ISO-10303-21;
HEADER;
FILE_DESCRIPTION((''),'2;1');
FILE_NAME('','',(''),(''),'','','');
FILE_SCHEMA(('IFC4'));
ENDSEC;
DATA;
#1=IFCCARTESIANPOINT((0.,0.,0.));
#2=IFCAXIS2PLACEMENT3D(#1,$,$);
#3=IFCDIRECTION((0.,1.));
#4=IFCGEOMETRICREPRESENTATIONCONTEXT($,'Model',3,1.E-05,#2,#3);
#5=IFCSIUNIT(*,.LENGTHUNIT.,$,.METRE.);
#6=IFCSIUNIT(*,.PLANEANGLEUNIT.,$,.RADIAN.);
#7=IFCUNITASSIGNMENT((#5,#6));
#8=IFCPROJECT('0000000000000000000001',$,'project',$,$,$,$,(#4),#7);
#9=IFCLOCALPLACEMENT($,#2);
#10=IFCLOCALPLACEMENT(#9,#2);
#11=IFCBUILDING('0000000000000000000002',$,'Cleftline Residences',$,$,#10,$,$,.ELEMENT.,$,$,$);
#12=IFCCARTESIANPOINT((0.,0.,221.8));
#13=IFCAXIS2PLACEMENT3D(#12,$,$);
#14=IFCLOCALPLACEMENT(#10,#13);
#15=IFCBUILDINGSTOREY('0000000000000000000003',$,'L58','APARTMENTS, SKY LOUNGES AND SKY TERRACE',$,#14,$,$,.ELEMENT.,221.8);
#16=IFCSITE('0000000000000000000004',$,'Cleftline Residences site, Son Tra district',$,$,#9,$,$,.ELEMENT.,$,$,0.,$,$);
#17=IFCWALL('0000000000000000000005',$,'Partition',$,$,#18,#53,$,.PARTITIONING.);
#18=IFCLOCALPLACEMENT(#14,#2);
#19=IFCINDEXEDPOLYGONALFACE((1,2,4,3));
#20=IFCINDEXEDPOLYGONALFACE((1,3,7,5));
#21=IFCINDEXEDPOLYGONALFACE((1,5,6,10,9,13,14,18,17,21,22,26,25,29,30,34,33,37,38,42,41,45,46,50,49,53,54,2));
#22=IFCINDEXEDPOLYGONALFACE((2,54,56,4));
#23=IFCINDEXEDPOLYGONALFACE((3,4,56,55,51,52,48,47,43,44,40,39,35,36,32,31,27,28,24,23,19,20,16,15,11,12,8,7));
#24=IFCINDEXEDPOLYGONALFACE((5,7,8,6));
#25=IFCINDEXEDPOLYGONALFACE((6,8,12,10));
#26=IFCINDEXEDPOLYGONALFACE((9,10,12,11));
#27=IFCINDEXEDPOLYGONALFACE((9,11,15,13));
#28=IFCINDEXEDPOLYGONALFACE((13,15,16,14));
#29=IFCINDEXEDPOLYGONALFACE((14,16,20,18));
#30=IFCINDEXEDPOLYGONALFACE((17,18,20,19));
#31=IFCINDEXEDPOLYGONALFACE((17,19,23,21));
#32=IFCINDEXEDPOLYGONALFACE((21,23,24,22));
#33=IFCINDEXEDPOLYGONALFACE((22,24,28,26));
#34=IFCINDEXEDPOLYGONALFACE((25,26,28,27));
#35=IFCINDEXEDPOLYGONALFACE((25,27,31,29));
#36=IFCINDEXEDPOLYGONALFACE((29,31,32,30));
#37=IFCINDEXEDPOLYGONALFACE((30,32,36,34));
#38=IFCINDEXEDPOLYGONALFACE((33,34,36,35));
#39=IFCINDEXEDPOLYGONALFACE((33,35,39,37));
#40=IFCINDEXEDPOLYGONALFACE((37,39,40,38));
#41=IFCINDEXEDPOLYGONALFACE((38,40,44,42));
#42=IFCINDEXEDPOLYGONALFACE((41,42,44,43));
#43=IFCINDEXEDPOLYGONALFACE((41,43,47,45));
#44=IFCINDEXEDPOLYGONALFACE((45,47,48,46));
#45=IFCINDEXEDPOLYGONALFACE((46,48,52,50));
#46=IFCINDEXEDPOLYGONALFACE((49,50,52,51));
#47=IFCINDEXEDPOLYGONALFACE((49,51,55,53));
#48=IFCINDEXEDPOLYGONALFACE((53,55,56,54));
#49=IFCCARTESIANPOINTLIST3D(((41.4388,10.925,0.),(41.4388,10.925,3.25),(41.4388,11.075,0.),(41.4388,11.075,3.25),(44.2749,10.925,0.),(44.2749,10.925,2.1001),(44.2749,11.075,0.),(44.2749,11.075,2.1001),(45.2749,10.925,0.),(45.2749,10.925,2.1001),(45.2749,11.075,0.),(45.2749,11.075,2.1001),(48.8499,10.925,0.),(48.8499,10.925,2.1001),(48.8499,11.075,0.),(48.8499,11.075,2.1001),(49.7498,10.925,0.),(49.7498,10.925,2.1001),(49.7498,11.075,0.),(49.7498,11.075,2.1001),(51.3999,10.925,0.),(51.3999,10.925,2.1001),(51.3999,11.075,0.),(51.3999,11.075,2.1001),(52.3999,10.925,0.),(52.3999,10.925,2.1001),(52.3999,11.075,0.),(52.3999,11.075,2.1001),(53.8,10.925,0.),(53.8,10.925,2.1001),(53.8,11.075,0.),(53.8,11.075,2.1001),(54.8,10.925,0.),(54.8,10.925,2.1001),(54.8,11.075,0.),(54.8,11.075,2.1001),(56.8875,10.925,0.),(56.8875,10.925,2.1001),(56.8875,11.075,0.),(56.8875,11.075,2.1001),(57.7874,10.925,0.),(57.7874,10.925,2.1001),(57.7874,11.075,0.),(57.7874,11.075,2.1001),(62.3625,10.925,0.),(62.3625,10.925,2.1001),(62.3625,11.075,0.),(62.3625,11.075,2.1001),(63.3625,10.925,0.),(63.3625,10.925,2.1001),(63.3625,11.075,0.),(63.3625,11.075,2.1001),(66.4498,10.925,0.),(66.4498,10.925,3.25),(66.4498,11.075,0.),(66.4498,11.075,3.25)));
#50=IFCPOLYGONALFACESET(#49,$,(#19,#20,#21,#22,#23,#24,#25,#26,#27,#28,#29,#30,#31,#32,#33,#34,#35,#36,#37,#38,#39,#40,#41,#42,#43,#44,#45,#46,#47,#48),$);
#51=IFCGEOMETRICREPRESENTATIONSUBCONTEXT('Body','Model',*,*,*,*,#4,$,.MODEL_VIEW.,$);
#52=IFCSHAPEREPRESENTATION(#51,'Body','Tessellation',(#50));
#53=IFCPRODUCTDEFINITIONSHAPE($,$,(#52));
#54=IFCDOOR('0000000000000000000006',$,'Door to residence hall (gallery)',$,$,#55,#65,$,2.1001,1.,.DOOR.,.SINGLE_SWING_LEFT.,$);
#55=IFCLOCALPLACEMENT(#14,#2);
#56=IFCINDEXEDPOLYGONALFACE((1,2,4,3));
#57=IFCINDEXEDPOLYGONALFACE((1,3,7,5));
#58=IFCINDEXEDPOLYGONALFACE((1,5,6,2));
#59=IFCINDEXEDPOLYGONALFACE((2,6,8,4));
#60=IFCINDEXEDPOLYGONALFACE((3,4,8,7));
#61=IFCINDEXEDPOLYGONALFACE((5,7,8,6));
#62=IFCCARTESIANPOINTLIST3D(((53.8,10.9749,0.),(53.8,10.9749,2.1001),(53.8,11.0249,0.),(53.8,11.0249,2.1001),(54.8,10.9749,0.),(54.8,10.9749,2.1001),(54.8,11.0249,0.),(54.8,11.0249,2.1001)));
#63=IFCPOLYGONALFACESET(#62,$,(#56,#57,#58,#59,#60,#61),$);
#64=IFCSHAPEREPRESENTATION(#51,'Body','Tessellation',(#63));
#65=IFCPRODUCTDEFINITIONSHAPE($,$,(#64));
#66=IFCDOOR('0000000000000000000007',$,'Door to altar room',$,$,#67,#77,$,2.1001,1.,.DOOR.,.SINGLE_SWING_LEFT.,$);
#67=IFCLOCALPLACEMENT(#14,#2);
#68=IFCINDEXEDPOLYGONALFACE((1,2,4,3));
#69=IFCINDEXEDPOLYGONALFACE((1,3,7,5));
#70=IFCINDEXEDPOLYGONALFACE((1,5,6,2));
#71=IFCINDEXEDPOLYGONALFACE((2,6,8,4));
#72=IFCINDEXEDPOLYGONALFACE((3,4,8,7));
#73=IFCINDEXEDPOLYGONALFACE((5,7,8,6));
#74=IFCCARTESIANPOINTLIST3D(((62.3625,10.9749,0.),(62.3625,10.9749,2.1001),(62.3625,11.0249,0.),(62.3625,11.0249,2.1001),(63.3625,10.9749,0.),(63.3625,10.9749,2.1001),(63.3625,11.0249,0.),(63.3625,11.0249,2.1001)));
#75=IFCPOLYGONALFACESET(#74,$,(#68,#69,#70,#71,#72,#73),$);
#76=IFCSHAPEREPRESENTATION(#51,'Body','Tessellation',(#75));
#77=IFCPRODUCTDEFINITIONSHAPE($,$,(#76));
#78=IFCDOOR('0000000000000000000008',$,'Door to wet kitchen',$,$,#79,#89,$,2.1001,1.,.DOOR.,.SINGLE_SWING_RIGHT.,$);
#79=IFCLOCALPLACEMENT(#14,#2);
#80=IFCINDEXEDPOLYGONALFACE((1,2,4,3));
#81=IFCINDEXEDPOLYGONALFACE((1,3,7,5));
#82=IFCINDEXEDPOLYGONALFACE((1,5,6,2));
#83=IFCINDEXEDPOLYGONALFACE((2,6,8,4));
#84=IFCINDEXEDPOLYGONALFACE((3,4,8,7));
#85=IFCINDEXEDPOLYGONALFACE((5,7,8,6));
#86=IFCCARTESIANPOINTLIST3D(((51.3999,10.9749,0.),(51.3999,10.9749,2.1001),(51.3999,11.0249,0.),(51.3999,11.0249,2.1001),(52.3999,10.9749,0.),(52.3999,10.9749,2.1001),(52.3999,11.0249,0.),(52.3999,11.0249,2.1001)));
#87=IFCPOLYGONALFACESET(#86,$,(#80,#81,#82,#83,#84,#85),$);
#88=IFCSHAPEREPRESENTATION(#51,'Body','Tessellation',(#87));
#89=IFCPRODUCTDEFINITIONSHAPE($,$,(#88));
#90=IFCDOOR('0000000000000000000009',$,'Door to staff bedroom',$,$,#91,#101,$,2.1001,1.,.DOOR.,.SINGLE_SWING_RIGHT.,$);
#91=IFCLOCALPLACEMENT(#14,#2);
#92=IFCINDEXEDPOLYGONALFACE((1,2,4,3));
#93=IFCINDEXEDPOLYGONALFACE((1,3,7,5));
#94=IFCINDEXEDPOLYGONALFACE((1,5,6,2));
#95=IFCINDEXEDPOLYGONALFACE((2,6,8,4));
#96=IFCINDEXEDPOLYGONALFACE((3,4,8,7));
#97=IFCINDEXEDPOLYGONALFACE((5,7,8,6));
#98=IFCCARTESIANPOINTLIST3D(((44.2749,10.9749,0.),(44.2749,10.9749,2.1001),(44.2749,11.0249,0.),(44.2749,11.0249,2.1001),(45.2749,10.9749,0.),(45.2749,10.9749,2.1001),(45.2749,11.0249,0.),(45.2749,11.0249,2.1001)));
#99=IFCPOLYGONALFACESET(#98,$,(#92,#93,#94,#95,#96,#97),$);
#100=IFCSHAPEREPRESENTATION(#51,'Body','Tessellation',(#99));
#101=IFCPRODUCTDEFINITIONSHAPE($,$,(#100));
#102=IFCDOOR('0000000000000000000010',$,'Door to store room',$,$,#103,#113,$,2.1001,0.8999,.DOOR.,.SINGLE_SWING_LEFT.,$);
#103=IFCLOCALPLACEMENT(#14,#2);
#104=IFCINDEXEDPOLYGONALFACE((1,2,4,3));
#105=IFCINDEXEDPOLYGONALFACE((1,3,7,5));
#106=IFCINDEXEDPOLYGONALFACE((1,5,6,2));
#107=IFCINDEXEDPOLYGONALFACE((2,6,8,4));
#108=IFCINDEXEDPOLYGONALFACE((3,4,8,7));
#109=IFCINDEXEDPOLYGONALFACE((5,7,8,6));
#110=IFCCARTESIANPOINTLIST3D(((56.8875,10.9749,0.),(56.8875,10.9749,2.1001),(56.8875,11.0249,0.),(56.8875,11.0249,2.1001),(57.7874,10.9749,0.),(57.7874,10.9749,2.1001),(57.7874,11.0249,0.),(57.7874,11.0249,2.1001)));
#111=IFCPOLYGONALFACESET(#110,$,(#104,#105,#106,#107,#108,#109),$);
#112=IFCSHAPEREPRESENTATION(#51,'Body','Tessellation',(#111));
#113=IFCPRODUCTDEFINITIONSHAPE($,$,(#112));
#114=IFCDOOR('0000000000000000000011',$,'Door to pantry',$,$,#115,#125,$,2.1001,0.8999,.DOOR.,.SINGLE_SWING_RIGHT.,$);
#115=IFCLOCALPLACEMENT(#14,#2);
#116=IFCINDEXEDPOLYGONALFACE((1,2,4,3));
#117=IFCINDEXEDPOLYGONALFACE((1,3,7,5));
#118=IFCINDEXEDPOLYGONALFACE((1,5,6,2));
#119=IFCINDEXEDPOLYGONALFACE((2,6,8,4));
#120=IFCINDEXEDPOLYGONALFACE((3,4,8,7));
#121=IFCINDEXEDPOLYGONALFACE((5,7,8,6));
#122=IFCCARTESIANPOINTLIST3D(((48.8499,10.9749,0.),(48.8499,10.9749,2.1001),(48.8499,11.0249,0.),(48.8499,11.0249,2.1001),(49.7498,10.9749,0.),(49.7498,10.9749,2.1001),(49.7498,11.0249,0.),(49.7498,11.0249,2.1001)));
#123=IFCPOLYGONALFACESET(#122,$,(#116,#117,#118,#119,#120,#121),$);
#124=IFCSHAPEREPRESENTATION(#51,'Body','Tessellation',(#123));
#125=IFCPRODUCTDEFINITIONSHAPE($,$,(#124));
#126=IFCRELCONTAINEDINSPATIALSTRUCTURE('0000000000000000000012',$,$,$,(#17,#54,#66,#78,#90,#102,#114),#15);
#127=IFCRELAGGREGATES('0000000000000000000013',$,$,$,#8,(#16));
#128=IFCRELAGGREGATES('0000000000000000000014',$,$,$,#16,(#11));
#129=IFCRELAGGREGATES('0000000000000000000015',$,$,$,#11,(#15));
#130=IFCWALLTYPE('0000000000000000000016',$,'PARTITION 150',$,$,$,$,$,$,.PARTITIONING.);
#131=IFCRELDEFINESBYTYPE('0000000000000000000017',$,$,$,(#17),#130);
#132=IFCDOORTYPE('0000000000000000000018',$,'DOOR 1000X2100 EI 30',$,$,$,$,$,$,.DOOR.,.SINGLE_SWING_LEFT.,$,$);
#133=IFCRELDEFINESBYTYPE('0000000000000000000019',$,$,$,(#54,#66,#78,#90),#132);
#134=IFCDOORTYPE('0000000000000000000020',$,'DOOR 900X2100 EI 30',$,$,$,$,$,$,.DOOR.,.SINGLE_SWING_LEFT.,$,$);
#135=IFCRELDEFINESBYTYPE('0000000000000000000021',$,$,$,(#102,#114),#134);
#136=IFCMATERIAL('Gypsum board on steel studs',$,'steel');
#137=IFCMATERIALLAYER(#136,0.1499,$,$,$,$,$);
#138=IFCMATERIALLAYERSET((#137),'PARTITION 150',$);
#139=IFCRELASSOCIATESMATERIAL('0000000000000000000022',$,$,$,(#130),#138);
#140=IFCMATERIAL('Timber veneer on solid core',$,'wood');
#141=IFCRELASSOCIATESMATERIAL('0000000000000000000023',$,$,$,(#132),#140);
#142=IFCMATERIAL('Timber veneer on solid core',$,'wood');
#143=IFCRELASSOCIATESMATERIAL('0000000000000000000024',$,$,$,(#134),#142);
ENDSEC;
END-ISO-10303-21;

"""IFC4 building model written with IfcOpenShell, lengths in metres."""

from ifc_helpers import new_model, si_unit, direction, frame, frame_2d, origin, place, context, subcontext, project, spatial, rectangle, extrude, material, layer, layer_set, type_object, element, fill, save


model = new_model("IFC4")

# Units and contexts
model_context = context("Model", 3, precision=1e-05, world=origin(), true_north=direction((0.0, 1.0)))
body_context = subcontext(model_context, "Body", "Model", "MODEL_VIEW")
ifc_project = project(units=[si_unit("LENGTHUNIT", "METRE"), si_unit("PLANEANGLEUNIT", "RADIAN")], contexts=[model_context])

# Site, building, storey
site_placement = place(None, origin())
site = spatial("IfcSite", under=ifc_project, at=site_placement, Name="Cleftline Residences site, Son Tra district", CompositionType="ELEMENT", RefElevation=0.0)
building_placement = place(site_placement, origin())
building = spatial("IfcBuilding", under=site, at=building_placement, Name="Cleftline Residences", CompositionType="ELEMENT")
storey_placement = place(building_placement, frame((0.0, 0.0, 221.8)))
storey = spatial("IfcBuildingStorey", under=building, at=storey_placement, Name="L58", Description="APARTMENTS, SKY LOUNGES AND SKY TERRACE", CompositionType="ELEMENT", Elevation=221.8)

# Wall, openings, doors
ifc_material_1 = material(Name="Gypsum board on steel studs", Category="steel")
ifc_layer_1 = layer(ifc_material_1, 0.1499)
ifc_layer_set_1 = layer_set([ifc_layer_1], Name="PARTITION 150")
wall_type_1 = type_object("IfcWallType", Name="PARTITION 150", PredefinedType="PARTITIONING", material=ifc_layer_set_1)
wall_1_placement = place(storey_placement, frame((41.439, 11.0, 0.0), z_axis=(0.0, 0.0, 1.0), x_axis=(1.0, 0.0, 0.0)))
wall_1 = element("IfcWall", 1, at=wall_1_placement, inside=storey, type_object=wall_type_1, Name="Partition", PredefinedType="PARTITIONING", context=body_context, shape_type="SweptSolid", body=[
    extrude(rectangle(XDim=25.011, YDim=0.1499, at=frame_2d((12.5054, 0.0))), origin(), (0.0, 0.0, 1.0), 3.25),
])
opening_1_placement = place(wall_1_placement, frame((12.3611, 0.0, 0.0)))
opening_1 = element("IfcOpeningElement", 2, at=opening_1_placement, cuts=wall_1, PredefinedType="OPENING", context=body_context, shape_type="SweptSolid", body=[
    extrude(rectangle(XDim=1.0, YDim=2.1001, at=frame_2d((0.5, 1.05))), frame((0.0, 0.085, 0.0), z_axis=(0.0, -1.0, 0.0), x_axis=(1.0, 0.0, 0.0)), (0.0, 0.0, 1.0), 0.1699),
])
opening_2_placement = place(wall_1_placement, frame((20.9236, 0.0, 0.0)))
opening_2 = element("IfcOpeningElement", 3, at=opening_2_placement, cuts=wall_1, PredefinedType="OPENING", context=body_context, shape_type="SweptSolid", body=[
    extrude(rectangle(XDim=1.0, YDim=2.1001, at=frame_2d((0.5, 1.05))), frame((0.0, 0.085, 0.0), z_axis=(0.0, -1.0, 0.0), x_axis=(1.0, 0.0, 0.0)), (0.0, 0.0, 1.0), 0.1699),
])
opening_3_placement = place(wall_1_placement, frame((15.4485, 0.0, 0.0)))
opening_3 = element("IfcOpeningElement", 4, at=opening_3_placement, cuts=wall_1, PredefinedType="OPENING", context=body_context, shape_type="SweptSolid", body=[
    extrude(rectangle(XDim=0.8999, YDim=2.1001, at=frame_2d((0.45, 1.05))), frame((0.0, 0.085, 0.0), z_axis=(0.0, -1.0, 0.0), x_axis=(1.0, 0.0, 0.0)), (0.0, 0.0, 1.0), 0.1699),
])
opening_4_placement = place(wall_1_placement, frame((9.9609, 0.0, 0.0)))
opening_4 = element("IfcOpeningElement", 5, at=opening_4_placement, cuts=wall_1, PredefinedType="OPENING", context=body_context, shape_type="SweptSolid", body=[
    extrude(rectangle(XDim=1.0, YDim=2.1001, at=frame_2d((0.5, 1.05))), frame((0.0, 0.085, 0.0), z_axis=(0.0, -1.0, 0.0), x_axis=(1.0, 0.0, 0.0)), (0.0, 0.0, 1.0), 0.1699),
])
opening_5_placement = place(wall_1_placement, frame((7.4109, 0.0, 0.0)))
opening_5 = element("IfcOpeningElement", 6, at=opening_5_placement, cuts=wall_1, PredefinedType="OPENING", context=body_context, shape_type="SweptSolid", body=[
    extrude(rectangle(XDim=0.8999, YDim=2.1001, at=frame_2d((0.45, 1.05))), frame((0.0, 0.085, 0.0), z_axis=(0.0, -1.0, 0.0), x_axis=(1.0, 0.0, 0.0)), (0.0, 0.0, 1.0), 0.1699),
])
opening_6_placement = place(wall_1_placement, frame((2.8359, 0.0, 0.0)))
opening_6 = element("IfcOpeningElement", 7, at=opening_6_placement, cuts=wall_1, PredefinedType="OPENING", context=body_context, shape_type="SweptSolid", body=[
    extrude(rectangle(XDim=1.0, YDim=2.1001, at=frame_2d((0.5, 1.05))), frame((0.0, 0.085, 0.0), z_axis=(0.0, -1.0, 0.0), x_axis=(1.0, 0.0, 0.0)), (0.0, 0.0, 1.0), 0.1699),
])
ifc_material_2 = material(Name="Timber veneer on solid core", Category="wood")
door_type_1 = type_object("IfcDoorType", Name="DOOR 1000X2100 EI 30", OperationType="SINGLE_SWING_LEFT", PredefinedType="DOOR", material=ifc_material_2)
door_1_placement = place(opening_1_placement, origin())
door_1 = element("IfcDoor", 8, at=door_1_placement, inside=storey, type_object=door_type_1, Name="Door to residence hall (gallery)", OperationType="SINGLE_SWING_LEFT", OverallHeight=2.1001, OverallWidth=1.0, PredefinedType="DOOR", context=body_context, shape_type="SweptSolid", body=[
    extrude(rectangle(XDim=1.0, YDim=2.1001, at=frame_2d((0.5, 1.05))), frame((0.0, 0.0249, 0.0), z_axis=(0.0, -1.0, 0.0), x_axis=(1.0, 0.0, 0.0)), (0.0, 0.0, 1.0), 0.05),
])
fill(opening_1, door_1)
door_2_placement = place(opening_2_placement, origin())
door_2 = element("IfcDoor", 9, at=door_2_placement, inside=storey, type_object=door_type_1, Name="Door to altar room", OperationType="SINGLE_SWING_LEFT", OverallHeight=2.1001, OverallWidth=1.0, PredefinedType="DOOR", context=body_context, shape_type="SweptSolid", body=[
    extrude(rectangle(XDim=1.0, YDim=2.1001, at=frame_2d((0.5, 1.05))), frame((0.0, 0.0249, 0.0), z_axis=(0.0, -1.0, 0.0), x_axis=(1.0, 0.0, 0.0)), (0.0, 0.0, 1.0), 0.05),
])
fill(opening_2, door_2)
door_3_placement = place(opening_4_placement, origin())
door_3 = element("IfcDoor", 10, at=door_3_placement, inside=storey, type_object=door_type_1, Name="Door to wet kitchen", OperationType="SINGLE_SWING_RIGHT", OverallHeight=2.1001, OverallWidth=1.0, PredefinedType="DOOR", context=body_context, shape_type="SweptSolid", body=[
    extrude(rectangle(XDim=1.0, YDim=2.1001, at=frame_2d((0.5, 1.05))), frame((0.0, 0.0249, 0.0), z_axis=(0.0, -1.0, 0.0), x_axis=(1.0, 0.0, 0.0)), (0.0, 0.0, 1.0), 0.05),
])
fill(opening_4, door_3)
door_4_placement = place(opening_6_placement, origin())
door_4 = element("IfcDoor", 11, at=door_4_placement, inside=storey, type_object=door_type_1, Name="Door to staff bedroom", OperationType="SINGLE_SWING_RIGHT", OverallHeight=2.1001, OverallWidth=1.0, PredefinedType="DOOR", context=body_context, shape_type="SweptSolid", body=[
    extrude(rectangle(XDim=1.0, YDim=2.1001, at=frame_2d((0.5, 1.05))), frame((0.0, 0.0249, 0.0), z_axis=(0.0, -1.0, 0.0), x_axis=(1.0, 0.0, 0.0)), (0.0, 0.0, 1.0), 0.05),
])
fill(opening_6, door_4)
ifc_material_3 = material(Name="Timber veneer on solid core", Category="wood")
door_type_2 = type_object("IfcDoorType", Name="DOOR 900X2100 EI 30", OperationType="SINGLE_SWING_LEFT", PredefinedType="DOOR", material=ifc_material_3)
door_5_placement = place(opening_3_placement, origin())
door_5 = element("IfcDoor", 12, at=door_5_placement, inside=storey, type_object=door_type_2, Name="Door to store room", OperationType="SINGLE_SWING_LEFT", OverallHeight=2.1001, OverallWidth=0.8999, PredefinedType="DOOR", context=body_context, shape_type="SweptSolid", body=[
    extrude(rectangle(XDim=0.8999, YDim=2.1001, at=frame_2d((0.45, 1.05))), frame((0.0, 0.0249, 0.0), z_axis=(0.0, -1.0, 0.0), x_axis=(1.0, 0.0, 0.0)), (0.0, 0.0, 1.0), 0.05),
])
fill(opening_3, door_5)
door_6_placement = place(opening_5_placement, origin())
door_6 = element("IfcDoor", 13, at=door_6_placement, inside=storey, type_object=door_type_2, Name="Door to pantry", OperationType="SINGLE_SWING_RIGHT", OverallHeight=2.1001, OverallWidth=0.8999, PredefinedType="DOOR", context=body_context, shape_type="SweptSolid", body=[
    extrude(rectangle(XDim=0.8999, YDim=2.1001, at=frame_2d((0.45, 1.05))), frame((0.0, 0.0249, 0.0), z_axis=(0.0, -1.0, 0.0), x_axis=(1.0, 0.0, 0.0)), (0.0, 0.0, 1.0), 0.05),
])
fill(opening_5, door_6)

save(model, "model.ifc")
